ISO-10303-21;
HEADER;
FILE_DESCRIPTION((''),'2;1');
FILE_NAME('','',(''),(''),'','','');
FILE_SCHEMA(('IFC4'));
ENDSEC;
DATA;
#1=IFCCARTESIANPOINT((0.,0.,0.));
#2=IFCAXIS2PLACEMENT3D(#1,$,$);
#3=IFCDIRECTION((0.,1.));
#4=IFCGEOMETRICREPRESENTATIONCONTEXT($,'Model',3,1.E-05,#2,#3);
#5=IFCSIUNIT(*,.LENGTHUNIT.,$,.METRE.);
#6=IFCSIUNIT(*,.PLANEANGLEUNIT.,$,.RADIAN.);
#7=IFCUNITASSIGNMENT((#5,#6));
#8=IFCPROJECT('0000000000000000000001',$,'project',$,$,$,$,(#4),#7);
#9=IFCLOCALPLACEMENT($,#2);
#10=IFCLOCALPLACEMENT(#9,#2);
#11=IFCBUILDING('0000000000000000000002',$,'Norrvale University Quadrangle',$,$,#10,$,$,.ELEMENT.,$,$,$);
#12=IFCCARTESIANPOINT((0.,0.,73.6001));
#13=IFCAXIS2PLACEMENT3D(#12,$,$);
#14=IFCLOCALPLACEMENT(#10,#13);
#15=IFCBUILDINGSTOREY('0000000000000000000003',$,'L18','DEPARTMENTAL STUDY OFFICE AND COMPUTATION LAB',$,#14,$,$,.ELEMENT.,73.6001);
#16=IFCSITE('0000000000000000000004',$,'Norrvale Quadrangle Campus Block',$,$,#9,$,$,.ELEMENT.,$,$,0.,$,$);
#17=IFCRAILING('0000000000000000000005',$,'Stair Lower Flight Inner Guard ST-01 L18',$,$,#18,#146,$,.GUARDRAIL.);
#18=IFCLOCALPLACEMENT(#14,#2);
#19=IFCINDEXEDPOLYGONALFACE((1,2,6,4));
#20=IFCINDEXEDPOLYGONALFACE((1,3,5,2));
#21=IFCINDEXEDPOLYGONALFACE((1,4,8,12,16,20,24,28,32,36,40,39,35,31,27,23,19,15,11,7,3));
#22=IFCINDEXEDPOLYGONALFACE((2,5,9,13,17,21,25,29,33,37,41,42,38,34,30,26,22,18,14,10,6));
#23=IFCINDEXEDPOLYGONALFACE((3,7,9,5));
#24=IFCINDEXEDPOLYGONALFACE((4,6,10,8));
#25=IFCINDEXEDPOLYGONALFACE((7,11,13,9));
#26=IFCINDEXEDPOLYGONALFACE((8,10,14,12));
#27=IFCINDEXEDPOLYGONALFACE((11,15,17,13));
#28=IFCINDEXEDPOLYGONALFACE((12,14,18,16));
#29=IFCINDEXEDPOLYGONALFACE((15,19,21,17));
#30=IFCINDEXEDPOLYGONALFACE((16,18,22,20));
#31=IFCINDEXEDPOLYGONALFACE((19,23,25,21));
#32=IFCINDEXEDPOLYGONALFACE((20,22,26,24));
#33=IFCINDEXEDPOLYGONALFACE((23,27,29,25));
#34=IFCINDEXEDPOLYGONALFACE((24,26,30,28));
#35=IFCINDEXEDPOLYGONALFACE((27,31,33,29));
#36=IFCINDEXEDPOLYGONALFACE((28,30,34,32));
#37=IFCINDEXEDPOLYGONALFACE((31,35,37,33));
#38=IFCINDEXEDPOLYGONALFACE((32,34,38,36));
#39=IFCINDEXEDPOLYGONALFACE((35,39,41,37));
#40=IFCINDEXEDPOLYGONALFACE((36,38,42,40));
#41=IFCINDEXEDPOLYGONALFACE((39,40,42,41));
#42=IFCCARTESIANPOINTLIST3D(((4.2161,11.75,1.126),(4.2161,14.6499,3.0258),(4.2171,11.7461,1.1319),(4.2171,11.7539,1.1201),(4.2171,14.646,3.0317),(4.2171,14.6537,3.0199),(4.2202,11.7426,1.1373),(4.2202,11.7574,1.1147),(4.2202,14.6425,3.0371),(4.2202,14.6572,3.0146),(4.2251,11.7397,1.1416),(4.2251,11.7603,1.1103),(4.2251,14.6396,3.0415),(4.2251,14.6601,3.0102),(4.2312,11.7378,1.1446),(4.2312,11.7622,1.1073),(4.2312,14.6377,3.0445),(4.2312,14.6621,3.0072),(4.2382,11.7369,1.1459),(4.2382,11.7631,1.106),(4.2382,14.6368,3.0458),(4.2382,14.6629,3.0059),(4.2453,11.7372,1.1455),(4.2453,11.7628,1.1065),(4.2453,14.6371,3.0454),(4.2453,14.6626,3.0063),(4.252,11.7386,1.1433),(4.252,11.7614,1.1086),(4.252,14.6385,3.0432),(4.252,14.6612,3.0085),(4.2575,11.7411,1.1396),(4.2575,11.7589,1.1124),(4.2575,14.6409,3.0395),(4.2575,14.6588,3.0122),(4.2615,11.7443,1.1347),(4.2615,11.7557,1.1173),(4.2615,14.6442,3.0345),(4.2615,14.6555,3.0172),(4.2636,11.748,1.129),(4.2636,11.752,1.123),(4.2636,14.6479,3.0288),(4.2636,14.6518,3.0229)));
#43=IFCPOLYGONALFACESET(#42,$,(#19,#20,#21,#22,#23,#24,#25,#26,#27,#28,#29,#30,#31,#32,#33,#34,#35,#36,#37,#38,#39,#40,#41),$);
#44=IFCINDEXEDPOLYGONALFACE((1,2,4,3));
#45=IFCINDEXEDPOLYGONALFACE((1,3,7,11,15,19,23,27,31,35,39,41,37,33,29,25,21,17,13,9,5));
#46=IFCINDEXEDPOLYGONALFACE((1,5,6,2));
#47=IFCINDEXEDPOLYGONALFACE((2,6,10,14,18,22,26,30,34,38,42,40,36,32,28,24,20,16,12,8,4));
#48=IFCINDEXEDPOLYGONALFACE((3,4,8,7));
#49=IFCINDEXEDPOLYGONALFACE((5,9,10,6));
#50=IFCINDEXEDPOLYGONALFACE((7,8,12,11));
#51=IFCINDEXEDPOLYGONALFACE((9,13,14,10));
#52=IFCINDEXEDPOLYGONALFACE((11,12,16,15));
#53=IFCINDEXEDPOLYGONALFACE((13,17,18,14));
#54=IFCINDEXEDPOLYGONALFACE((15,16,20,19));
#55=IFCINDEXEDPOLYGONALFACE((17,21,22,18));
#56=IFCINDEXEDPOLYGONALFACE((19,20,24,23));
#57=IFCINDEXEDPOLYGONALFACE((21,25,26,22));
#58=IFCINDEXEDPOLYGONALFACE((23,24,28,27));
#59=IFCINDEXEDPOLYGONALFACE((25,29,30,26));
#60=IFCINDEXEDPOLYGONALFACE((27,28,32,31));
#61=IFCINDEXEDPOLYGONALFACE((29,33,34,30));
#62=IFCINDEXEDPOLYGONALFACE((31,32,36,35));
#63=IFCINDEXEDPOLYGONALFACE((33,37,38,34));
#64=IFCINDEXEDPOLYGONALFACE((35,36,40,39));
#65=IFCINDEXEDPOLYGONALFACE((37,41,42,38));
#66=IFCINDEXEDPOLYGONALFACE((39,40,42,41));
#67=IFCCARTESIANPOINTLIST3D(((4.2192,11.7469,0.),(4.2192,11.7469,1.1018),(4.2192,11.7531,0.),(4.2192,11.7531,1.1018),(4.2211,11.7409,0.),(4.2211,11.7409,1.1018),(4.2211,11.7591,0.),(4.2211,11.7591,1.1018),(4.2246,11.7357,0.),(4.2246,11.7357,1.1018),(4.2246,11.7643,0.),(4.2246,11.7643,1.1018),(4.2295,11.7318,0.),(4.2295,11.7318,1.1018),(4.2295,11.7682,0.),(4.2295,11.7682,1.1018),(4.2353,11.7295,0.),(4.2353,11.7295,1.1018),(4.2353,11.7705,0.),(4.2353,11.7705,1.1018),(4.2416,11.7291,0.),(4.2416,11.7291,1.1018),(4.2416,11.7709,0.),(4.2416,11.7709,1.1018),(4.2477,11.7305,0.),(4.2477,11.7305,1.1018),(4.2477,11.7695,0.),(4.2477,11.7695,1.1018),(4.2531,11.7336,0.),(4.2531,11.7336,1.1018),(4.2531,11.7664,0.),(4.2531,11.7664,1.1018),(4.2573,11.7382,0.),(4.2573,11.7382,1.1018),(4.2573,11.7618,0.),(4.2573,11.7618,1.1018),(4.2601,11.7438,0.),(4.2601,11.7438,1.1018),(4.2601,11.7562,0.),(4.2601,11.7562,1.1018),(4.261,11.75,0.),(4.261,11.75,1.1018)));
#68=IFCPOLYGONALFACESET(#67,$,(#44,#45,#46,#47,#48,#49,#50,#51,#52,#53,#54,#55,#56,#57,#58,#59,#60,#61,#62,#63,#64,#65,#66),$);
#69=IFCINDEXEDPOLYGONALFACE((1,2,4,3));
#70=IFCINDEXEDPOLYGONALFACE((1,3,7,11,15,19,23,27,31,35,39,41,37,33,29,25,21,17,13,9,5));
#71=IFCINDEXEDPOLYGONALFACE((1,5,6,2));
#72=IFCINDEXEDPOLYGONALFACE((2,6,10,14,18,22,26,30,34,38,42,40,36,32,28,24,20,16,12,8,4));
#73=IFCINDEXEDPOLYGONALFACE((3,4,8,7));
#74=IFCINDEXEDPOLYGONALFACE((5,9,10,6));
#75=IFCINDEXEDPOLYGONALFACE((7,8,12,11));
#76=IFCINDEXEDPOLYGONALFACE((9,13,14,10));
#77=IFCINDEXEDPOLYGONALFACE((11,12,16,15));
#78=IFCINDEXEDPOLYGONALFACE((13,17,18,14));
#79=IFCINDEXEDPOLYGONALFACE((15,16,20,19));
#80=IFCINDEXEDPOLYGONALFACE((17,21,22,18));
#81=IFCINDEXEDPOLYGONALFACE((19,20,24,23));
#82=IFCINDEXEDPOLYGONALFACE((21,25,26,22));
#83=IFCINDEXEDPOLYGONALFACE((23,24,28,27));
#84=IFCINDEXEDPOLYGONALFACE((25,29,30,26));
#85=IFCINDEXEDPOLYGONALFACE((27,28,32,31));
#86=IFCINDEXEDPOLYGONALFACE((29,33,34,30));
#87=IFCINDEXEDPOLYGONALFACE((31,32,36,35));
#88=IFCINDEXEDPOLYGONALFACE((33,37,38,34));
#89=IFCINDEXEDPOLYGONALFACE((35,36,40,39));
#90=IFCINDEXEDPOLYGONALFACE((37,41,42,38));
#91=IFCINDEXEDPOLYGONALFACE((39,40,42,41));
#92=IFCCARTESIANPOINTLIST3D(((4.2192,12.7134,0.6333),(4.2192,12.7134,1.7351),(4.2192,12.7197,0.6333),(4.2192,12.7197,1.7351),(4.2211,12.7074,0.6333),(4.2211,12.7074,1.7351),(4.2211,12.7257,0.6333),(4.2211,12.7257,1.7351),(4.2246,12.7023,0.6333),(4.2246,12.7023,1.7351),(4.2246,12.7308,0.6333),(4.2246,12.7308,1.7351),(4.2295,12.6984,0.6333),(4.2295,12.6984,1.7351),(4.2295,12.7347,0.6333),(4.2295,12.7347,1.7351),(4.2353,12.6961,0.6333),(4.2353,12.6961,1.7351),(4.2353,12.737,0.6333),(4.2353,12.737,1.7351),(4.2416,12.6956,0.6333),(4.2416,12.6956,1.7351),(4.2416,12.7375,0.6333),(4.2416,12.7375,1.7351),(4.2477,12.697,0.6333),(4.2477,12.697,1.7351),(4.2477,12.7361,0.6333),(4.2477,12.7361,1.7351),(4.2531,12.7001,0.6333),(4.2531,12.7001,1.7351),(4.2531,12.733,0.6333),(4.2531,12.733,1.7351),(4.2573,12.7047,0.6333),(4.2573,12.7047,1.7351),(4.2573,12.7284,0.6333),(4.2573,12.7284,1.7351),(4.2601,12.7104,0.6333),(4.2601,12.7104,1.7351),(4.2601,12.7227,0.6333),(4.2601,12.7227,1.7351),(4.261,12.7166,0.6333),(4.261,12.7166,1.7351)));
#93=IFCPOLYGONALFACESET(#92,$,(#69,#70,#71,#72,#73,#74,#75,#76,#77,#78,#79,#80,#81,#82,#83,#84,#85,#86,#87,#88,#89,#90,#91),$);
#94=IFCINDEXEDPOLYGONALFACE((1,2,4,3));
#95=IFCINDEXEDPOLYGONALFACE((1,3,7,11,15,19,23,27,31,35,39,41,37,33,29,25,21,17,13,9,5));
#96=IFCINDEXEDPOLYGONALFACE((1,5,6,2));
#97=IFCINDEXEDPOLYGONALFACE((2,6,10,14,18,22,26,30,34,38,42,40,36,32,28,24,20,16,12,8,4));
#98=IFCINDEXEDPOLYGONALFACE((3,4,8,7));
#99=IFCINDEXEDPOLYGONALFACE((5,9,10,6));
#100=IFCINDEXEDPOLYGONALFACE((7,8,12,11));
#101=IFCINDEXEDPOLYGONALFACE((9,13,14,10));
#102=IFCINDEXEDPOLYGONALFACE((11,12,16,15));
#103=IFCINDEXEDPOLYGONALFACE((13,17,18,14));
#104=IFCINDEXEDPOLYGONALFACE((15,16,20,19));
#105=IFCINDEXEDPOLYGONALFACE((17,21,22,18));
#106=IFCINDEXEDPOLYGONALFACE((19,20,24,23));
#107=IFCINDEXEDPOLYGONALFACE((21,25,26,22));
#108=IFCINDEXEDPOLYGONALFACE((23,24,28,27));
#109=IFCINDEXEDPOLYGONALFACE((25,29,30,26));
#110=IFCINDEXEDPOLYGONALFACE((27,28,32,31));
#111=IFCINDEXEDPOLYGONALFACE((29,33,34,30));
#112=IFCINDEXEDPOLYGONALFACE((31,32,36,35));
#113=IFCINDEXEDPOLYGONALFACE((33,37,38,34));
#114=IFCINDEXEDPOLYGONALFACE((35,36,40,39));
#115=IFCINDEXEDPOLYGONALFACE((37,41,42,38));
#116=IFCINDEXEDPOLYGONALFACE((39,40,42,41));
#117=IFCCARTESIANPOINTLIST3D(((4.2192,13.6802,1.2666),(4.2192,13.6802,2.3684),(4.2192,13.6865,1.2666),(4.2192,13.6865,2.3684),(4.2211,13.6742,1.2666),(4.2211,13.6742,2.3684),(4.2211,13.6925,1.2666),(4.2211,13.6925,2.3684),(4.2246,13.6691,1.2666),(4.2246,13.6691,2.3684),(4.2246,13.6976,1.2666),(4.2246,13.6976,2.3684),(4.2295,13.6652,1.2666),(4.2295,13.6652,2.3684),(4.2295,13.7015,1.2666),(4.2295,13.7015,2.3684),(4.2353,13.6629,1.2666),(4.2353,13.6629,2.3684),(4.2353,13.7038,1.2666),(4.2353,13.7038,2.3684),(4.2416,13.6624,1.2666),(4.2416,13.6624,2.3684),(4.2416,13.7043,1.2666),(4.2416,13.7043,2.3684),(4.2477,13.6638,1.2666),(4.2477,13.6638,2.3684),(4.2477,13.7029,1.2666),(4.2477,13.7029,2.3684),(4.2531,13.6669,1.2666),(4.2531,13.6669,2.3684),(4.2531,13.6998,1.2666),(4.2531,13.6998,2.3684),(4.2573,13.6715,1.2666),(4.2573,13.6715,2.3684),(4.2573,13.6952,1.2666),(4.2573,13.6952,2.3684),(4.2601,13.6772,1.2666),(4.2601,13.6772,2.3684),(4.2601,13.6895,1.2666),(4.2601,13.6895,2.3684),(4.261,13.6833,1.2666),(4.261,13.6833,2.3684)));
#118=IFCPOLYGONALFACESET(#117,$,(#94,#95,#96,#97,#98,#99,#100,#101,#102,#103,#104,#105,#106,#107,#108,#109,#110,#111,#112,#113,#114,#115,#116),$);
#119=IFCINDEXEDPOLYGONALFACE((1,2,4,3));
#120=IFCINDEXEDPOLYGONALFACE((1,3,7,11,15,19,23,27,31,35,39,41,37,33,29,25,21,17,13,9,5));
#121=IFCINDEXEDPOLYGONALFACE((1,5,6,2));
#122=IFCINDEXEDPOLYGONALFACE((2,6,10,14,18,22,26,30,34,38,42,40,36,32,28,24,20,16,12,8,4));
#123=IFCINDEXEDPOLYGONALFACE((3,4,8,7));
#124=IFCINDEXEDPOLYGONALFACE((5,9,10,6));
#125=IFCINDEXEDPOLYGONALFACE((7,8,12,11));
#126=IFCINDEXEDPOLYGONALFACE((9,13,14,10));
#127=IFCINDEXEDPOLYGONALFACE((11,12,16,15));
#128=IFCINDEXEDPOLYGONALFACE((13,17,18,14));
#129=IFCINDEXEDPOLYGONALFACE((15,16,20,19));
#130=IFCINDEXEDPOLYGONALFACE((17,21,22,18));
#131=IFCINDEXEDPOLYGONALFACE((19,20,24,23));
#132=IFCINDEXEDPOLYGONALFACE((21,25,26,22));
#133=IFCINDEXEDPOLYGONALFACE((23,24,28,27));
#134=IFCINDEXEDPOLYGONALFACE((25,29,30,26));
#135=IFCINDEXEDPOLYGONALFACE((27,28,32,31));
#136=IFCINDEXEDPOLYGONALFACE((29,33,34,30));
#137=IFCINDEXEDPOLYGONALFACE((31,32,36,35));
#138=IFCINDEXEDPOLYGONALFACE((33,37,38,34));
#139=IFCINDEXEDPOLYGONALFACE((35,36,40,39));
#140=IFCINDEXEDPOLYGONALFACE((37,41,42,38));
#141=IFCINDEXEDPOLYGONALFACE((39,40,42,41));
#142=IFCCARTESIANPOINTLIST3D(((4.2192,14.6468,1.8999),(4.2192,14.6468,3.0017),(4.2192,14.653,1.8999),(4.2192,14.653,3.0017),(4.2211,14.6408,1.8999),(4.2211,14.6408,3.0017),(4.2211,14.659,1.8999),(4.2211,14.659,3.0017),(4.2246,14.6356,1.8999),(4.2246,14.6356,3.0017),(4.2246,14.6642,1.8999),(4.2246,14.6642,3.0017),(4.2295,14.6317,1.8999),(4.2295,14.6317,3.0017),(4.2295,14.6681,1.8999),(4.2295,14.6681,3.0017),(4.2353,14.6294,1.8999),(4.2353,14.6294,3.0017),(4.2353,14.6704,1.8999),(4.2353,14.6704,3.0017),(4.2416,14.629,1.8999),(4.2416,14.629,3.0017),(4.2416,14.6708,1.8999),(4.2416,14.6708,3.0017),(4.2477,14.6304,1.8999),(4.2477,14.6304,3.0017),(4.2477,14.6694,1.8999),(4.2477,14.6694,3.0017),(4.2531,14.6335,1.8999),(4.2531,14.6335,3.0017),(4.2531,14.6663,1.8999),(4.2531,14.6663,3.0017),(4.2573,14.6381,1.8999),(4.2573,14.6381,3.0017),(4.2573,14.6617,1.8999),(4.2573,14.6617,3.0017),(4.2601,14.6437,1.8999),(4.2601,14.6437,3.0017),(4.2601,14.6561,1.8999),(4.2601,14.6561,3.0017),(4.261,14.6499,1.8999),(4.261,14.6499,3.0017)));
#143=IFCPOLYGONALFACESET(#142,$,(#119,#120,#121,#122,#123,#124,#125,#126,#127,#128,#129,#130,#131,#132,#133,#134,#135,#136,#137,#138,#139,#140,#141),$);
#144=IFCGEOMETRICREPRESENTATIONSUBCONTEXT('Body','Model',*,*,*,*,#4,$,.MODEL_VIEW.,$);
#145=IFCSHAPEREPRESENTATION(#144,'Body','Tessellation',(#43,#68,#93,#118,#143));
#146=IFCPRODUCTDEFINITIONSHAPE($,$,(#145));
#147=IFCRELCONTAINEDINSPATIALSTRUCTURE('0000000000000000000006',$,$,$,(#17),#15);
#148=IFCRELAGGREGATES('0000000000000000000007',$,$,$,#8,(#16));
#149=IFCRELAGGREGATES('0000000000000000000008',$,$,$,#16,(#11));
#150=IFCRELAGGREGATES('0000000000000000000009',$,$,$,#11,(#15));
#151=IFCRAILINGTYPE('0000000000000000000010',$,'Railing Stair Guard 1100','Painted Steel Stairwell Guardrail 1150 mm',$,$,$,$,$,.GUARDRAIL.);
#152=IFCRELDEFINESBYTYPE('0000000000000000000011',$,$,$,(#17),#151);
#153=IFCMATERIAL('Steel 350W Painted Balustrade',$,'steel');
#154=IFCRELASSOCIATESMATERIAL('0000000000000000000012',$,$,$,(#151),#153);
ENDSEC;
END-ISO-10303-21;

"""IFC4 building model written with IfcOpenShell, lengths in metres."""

from ifc_helpers import new_model, si_unit, direction, frame, origin, origin_2d, place, context, subcontext, project, spatial, circle, extrude, material, type_object, element, save


model = new_model("IFC4")

# Units and contexts
model_context = context("Model", 3, precision=1e-05, world=origin(), true_north=direction((0.0, 1.0)))
body_context = subcontext(model_context, "Body", "Model", "MODEL_VIEW")
ifc_project = project(units=[si_unit("LENGTHUNIT", "METRE"), si_unit("PLANEANGLEUNIT", "RADIAN")], contexts=[model_context])

# Site, building, storey
site_placement = place(None, origin())
site = spatial("IfcSite", under=ifc_project, at=site_placement, Name="Norrvale Quadrangle Campus Block", CompositionType="ELEMENT", RefElevation=0.0)
building_placement = place(site_placement, origin())
building = spatial("IfcBuilding", under=site, at=building_placement, Name="Norrvale University Quadrangle", CompositionType="ELEMENT")
storey_placement = place(building_placement, frame((0.0, 0.0, 73.6001)))
storey = spatial("IfcBuildingStorey", under=building, at=storey_placement, Name="L18", Description="DEPARTMENTAL STUDY OFFICE AND COMPUTATION LAB", CompositionType="ELEMENT", Elevation=73.6001)

# Railing
ifc_material_1 = material(Name="Steel 350W Painted Balustrade", Category="steel")
railing_type_1 = type_object("IfcRailingType", Name="Railing Stair Guard 1100", Description="Painted Steel Stairwell Guardrail 1150 mm", PredefinedType="GUARDRAIL", material=ifc_material_1)
railing_1_placement = place(storey_placement, frame((4.24, 11.75, 0.0)))
element("IfcRailing", 1, at=railing_1_placement, inside=storey, type_object=railing_type_1, Name="Stair Lower Flight Inner Guard ST-01 L18", PredefinedType="GUARDRAIL", context=body_context, shape_type="SweptSolid", body=[
    extrude(circle(Radius=0.0239, at=origin_2d()), frame((0.0, 0.0, 1.126), z_axis=(0.0, 0.836466, 0.548019), x_axis=(-1.0, 0.0, 0.0)), (0.0, 0.0, 1.0), 3.4668),
    extrude(circle(Radius=0.021, at=origin_2d()), origin(), (0.0, 0.0, 1.0), 1.1018),
    extrude(circle(Radius=0.021, at=origin_2d()), frame((0.0, 0.9666, 0.6333)), (0.0, 0.0, 1.0), 1.1018),
    extrude(circle(Radius=0.021, at=origin_2d()), frame((0.0, 1.9333, 1.2666)), (0.0, 0.0, 1.0), 1.1018),
    extrude(circle(Radius=0.021, at=origin_2d()), frame((0.0, 2.8999, 1.8999)), (0.0, 0.0, 1.0), 1.1018),
])

save(model, "model.ifc")
